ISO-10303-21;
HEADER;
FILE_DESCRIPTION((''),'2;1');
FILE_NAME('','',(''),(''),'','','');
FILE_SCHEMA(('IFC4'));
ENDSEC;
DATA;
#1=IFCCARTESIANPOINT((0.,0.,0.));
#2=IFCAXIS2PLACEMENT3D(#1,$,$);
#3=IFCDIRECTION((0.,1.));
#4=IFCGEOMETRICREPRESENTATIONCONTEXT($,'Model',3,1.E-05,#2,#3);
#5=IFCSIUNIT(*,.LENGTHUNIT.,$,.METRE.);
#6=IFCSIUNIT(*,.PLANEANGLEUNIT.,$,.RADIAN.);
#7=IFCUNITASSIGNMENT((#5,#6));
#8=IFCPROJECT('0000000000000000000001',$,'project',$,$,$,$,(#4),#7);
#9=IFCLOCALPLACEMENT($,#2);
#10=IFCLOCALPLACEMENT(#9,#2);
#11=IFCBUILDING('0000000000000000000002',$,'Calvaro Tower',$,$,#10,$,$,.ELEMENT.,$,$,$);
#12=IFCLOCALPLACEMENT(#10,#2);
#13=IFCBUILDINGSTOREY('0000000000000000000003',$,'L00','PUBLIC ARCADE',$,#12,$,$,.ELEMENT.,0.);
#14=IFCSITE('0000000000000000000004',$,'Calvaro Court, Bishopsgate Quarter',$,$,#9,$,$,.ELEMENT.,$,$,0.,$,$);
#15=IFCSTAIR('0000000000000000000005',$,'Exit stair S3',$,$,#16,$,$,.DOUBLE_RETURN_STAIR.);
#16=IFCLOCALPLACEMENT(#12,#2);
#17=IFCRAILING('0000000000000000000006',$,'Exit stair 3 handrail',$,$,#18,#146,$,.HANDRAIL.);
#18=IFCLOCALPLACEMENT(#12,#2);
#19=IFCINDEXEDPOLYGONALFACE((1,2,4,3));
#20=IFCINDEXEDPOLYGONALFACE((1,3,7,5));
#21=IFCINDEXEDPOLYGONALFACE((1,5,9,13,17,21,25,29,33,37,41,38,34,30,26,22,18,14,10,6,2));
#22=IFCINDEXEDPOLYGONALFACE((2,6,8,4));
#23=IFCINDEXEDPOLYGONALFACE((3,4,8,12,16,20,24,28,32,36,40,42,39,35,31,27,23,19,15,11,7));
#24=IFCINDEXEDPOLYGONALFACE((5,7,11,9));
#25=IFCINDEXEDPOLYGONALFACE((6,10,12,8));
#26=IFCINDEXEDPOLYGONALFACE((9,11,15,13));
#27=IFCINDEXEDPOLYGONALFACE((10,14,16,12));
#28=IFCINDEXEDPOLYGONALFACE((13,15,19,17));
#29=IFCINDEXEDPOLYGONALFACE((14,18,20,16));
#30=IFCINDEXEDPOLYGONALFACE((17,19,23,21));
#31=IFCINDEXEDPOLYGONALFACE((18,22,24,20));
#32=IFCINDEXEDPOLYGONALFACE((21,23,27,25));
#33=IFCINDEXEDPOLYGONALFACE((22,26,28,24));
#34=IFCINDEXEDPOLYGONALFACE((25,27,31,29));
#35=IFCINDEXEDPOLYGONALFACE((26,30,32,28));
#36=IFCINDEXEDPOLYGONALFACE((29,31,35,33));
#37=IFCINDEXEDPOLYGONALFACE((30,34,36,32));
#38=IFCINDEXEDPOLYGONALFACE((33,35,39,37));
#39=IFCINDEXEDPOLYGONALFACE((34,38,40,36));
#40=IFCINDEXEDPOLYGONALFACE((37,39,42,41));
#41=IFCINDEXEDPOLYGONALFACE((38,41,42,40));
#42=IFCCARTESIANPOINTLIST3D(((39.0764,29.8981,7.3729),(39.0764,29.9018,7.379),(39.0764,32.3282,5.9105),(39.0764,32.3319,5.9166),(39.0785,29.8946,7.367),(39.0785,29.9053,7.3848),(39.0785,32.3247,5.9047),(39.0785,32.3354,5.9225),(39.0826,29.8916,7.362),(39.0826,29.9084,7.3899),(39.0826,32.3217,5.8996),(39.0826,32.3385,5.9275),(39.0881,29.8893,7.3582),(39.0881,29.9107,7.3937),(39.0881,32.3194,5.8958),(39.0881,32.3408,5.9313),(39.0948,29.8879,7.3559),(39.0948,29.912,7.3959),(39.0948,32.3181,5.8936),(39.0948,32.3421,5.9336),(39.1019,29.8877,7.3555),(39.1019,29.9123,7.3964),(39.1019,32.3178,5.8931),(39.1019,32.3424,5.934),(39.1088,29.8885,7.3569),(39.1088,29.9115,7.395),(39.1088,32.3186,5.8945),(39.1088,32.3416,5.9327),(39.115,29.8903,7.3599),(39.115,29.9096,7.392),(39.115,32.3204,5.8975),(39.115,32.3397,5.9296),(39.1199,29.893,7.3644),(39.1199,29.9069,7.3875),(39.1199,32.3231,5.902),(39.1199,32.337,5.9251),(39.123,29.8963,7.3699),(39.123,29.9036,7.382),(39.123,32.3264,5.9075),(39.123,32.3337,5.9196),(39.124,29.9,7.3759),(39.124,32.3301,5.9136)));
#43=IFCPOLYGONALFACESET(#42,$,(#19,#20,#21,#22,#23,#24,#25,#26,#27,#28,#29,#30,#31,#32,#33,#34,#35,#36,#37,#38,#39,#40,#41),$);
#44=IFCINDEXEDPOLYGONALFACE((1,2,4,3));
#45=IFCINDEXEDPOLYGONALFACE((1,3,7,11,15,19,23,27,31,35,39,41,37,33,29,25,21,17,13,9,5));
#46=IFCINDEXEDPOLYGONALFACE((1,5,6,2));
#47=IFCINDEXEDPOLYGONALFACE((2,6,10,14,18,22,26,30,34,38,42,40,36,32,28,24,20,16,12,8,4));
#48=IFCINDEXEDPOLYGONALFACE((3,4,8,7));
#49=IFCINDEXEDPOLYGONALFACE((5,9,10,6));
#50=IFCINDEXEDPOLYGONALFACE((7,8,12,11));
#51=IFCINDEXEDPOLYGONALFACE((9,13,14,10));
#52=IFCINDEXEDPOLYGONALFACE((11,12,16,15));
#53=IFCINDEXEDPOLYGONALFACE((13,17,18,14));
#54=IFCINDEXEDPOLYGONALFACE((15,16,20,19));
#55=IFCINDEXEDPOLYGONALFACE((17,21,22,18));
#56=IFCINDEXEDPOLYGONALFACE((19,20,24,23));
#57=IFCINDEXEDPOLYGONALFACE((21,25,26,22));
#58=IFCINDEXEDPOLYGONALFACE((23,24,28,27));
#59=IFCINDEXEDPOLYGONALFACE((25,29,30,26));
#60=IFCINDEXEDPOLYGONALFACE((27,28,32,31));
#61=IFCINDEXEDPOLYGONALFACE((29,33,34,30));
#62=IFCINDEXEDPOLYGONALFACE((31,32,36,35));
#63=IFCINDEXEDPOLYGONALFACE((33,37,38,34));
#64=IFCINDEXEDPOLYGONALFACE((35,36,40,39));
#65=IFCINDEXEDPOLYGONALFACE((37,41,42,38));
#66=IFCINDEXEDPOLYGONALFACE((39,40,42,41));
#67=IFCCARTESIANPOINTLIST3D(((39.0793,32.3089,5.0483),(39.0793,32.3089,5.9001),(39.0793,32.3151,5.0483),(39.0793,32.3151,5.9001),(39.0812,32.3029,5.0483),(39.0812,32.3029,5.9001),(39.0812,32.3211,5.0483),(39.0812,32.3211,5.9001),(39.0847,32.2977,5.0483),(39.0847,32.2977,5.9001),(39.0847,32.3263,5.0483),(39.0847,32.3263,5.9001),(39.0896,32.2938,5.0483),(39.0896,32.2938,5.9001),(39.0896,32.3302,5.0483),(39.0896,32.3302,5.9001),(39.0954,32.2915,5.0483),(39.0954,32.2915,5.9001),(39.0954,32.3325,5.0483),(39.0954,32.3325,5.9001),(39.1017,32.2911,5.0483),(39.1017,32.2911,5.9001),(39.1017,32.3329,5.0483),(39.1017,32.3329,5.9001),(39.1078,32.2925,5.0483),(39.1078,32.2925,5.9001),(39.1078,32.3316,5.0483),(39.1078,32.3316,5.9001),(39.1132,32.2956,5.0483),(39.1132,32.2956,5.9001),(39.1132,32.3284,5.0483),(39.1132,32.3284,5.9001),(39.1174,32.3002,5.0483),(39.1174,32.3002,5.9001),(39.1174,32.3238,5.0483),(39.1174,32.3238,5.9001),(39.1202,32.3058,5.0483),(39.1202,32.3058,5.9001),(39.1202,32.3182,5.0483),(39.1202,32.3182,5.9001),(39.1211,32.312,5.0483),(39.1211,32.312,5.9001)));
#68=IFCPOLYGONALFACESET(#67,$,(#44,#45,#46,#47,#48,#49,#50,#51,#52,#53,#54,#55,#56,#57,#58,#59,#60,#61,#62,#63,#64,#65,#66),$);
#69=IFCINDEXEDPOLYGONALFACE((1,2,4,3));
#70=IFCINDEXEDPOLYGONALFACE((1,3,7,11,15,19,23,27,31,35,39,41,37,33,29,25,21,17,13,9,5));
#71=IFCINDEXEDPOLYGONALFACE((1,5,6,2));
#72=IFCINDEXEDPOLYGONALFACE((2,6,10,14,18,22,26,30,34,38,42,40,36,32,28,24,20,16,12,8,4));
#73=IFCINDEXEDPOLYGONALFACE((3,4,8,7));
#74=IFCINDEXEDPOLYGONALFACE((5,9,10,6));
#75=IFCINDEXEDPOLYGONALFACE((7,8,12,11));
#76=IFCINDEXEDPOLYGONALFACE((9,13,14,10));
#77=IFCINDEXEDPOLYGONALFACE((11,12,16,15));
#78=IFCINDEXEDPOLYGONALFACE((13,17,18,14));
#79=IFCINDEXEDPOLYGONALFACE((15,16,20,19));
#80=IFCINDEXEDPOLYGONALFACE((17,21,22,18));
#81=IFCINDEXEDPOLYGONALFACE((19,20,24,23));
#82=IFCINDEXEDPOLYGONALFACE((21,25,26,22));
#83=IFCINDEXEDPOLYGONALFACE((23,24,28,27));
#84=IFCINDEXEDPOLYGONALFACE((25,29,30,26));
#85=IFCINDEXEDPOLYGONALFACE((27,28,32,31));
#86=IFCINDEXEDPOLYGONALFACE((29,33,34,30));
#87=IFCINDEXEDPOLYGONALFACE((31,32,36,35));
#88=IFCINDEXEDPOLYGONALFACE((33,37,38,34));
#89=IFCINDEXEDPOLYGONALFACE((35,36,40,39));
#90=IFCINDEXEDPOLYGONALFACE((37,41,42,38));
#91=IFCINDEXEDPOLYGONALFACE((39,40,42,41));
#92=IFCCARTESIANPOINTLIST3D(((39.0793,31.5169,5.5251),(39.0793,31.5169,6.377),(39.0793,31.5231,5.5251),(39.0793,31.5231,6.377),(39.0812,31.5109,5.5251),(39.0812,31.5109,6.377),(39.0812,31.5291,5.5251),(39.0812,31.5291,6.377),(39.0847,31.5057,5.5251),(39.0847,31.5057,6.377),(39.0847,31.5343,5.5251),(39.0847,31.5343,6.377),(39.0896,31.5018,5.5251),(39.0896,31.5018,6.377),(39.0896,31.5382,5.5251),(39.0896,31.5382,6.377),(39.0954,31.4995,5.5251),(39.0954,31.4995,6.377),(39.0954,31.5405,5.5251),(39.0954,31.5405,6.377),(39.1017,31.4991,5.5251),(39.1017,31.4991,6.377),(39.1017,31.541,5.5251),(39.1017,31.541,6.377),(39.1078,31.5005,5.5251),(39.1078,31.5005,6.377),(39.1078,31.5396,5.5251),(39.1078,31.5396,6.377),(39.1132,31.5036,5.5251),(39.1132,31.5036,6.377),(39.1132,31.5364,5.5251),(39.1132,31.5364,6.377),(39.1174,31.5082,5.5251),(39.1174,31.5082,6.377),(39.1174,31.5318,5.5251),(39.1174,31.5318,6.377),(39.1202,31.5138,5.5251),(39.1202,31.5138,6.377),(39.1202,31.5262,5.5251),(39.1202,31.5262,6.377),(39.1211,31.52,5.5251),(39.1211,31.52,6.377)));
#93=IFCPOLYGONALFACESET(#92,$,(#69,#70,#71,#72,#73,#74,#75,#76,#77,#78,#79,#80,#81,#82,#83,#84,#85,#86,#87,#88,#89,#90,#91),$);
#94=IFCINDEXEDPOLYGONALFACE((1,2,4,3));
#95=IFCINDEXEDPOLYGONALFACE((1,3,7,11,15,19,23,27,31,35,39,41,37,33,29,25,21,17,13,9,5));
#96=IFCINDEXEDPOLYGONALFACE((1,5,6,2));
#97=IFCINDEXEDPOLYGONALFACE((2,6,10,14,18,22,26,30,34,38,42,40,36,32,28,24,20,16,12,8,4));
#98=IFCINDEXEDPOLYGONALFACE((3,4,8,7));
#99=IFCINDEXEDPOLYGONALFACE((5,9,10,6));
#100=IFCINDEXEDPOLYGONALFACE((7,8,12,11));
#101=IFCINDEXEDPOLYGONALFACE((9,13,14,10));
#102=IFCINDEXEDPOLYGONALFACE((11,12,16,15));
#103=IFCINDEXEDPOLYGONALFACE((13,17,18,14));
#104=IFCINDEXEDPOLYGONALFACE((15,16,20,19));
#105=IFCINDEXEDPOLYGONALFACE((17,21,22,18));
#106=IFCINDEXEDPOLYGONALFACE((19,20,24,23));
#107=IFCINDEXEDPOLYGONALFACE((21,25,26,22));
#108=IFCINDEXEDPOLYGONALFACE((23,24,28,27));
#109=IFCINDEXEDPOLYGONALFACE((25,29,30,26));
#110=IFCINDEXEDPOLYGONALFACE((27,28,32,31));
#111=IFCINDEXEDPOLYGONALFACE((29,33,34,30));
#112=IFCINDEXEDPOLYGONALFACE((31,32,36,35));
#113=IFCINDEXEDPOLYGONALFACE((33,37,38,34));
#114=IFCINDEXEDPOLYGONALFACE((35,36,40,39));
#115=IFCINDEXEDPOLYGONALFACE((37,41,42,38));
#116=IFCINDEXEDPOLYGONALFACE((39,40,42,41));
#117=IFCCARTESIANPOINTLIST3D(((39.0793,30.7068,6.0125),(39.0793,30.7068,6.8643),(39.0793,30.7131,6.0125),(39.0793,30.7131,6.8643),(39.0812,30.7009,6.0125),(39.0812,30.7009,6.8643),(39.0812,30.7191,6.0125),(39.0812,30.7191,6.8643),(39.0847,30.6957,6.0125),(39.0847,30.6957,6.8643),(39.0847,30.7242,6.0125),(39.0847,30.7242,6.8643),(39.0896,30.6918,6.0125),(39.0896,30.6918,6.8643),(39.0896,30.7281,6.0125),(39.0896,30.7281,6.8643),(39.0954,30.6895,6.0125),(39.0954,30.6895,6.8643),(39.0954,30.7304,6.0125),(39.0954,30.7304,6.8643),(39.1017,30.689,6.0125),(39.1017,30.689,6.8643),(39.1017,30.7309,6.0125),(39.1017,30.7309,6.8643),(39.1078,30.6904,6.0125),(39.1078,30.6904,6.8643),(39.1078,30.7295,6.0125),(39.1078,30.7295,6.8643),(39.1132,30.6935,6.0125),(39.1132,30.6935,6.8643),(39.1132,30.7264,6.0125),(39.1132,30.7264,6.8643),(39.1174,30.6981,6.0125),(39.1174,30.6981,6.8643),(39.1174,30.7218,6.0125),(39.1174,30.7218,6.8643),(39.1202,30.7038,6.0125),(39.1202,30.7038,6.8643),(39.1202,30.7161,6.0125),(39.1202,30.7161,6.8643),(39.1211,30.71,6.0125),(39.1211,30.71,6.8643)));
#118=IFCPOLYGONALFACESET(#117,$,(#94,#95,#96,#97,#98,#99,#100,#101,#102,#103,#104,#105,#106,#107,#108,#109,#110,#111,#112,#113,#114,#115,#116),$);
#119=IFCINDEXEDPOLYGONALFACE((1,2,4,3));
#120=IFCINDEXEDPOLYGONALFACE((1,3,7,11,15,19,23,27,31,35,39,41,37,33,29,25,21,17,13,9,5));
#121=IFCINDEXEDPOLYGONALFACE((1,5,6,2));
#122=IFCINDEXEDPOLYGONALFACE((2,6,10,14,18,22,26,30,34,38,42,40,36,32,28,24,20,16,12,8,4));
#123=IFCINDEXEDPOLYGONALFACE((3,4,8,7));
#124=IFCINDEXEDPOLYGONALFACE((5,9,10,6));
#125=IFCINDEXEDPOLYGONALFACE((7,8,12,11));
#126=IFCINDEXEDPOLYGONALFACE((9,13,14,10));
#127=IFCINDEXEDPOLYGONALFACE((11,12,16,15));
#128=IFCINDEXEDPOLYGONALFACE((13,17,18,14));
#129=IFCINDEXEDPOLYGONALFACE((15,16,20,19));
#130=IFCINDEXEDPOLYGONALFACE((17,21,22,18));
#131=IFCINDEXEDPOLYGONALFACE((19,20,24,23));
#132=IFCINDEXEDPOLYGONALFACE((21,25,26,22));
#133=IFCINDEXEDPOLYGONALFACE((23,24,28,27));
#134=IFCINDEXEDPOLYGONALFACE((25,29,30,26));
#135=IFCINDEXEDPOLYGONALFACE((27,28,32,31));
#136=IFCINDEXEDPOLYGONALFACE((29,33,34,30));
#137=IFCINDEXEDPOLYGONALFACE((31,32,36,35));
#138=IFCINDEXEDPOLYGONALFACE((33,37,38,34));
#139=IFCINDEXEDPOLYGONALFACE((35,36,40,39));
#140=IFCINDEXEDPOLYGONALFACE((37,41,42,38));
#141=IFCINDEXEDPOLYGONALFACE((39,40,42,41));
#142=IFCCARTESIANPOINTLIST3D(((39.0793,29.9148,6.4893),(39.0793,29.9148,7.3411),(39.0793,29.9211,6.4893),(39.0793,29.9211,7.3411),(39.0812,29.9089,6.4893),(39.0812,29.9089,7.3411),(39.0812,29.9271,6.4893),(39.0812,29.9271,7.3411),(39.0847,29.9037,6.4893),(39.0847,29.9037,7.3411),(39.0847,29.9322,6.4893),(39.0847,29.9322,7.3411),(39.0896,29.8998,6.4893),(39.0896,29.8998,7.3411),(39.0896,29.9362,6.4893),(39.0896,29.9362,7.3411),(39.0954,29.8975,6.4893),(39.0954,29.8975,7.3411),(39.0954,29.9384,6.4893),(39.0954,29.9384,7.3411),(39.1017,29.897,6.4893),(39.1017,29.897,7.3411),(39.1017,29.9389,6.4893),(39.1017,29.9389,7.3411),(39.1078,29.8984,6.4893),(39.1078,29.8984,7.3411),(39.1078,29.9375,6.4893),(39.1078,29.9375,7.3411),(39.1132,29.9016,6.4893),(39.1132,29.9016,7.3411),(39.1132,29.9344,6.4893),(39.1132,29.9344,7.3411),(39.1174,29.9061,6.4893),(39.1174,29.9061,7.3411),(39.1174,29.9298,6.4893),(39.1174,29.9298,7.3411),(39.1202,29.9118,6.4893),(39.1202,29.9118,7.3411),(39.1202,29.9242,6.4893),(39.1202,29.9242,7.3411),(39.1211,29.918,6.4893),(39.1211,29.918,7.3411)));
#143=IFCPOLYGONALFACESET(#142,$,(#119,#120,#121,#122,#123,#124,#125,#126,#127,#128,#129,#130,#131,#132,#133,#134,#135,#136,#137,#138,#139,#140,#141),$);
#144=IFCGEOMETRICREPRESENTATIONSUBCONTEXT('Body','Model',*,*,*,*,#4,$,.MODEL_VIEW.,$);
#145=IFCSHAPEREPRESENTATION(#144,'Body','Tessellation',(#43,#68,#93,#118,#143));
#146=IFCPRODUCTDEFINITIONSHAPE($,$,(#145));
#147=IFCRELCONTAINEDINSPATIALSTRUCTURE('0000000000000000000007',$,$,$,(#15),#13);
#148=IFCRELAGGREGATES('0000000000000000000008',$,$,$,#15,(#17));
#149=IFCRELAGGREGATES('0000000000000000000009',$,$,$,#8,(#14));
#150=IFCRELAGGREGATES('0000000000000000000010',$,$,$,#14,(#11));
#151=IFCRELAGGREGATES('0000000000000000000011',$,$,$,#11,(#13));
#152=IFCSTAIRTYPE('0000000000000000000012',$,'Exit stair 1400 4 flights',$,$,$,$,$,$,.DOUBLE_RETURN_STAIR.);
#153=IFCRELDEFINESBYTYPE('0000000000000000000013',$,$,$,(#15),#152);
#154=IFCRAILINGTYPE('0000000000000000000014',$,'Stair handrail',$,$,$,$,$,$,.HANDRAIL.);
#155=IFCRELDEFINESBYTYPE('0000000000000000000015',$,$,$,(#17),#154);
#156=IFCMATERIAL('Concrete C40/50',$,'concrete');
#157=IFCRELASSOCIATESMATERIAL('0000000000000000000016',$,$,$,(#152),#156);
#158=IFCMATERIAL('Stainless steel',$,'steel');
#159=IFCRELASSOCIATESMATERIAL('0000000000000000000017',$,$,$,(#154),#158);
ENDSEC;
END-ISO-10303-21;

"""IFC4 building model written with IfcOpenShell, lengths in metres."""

from ifc_helpers import new_model, si_unit, direction, frame, origin, origin_2d, place, context, subcontext, project, spatial, circle, extrude, material, type_object, element, aggregate, save


model = new_model("IFC4")

# Units and contexts
model_context = context("Model", 3, precision=1e-05, world=origin(), true_north=direction((0.0, 1.0)))
body_context = subcontext(model_context, "Body", "Model", "MODEL_VIEW")
ifc_project = project(units=[si_unit("LENGTHUNIT", "METRE"), si_unit("PLANEANGLEUNIT", "RADIAN")], contexts=[model_context])

# Site, building, storey
site_placement = place(None, origin())
site = spatial("IfcSite", under=ifc_project, at=site_placement, Name="Calvaro Court, Bishopsgate Quarter", CompositionType="ELEMENT", RefElevation=0.0)
building_placement = place(site_placement, origin())
building = spatial("IfcBuilding", under=site, at=building_placement, Name="Calvaro Tower", CompositionType="ELEMENT")
storey_placement = place(building_placement, origin())
storey = spatial("IfcBuildingStorey", under=building, at=storey_placement, Name="L00", Description="PUBLIC ARCADE", CompositionType="ELEMENT", Elevation=0.0)

# Stair
ifc_material_1 = material(Name="Concrete C40/50", Category="concrete")
stair_type = type_object("IfcStairType", Name="Exit stair 1400 4 flights", PredefinedType="DOUBLE_RETURN_STAIR", material=ifc_material_1)
stair_1_placement = place(storey_placement, origin())
stair_1 = element("IfcStair", 1, at=stair_1_placement, inside=storey, type_object=stair_type, Name="Exit stair S3", PredefinedType="DOUBLE_RETURN_STAIR")

# Railing
ifc_material_2 = material(Name="Stainless steel", Category="steel")
railing_type = type_object("IfcRailingType", Name="Stair handrail", PredefinedType="HANDRAIL", material=ifc_material_2)
railing_1_placement = place(storey_placement, frame((39.1001, 32.3301, 5.0376)))
railing_1 = element("IfcRailing", 2, at=railing_1_placement, type_object=railing_type, Name="Exit stair 3 handrail", PredefinedType="HANDRAIL", context=body_context, shape_type="SweptSolid", body=[
    extrude(circle(Radius=0.0239, at=origin_2d()), frame((0.0, 0.0, 0.876), z_axis=(0.0, -0.856824, 0.515609), x_axis=(1.0, 0.0, 0.0)), (0.0, 0.0, 1.0), 2.8362),
    extrude(circle(Radius=0.021, at=origin_2d()), frame((0.0, -0.0181, 0.0107)), (0.0, 0.0, 1.0), 0.8518),
    extrude(circle(Radius=0.021, at=origin_2d()), frame((0.0, -0.8101, 0.4875)), (0.0, 0.0, 1.0), 0.8518),
    extrude(circle(Radius=0.021, at=origin_2d()), frame((0.0, -1.6201, 0.9749)), (0.0, 0.0, 1.0), 0.8518),
    extrude(circle(Radius=0.021, at=origin_2d()), frame((0.0, -2.4121, 1.4517)), (0.0, 0.0, 1.0), 0.8518),
])
aggregate(stair_1, [railing_1])

save(model, "model.ifc")
